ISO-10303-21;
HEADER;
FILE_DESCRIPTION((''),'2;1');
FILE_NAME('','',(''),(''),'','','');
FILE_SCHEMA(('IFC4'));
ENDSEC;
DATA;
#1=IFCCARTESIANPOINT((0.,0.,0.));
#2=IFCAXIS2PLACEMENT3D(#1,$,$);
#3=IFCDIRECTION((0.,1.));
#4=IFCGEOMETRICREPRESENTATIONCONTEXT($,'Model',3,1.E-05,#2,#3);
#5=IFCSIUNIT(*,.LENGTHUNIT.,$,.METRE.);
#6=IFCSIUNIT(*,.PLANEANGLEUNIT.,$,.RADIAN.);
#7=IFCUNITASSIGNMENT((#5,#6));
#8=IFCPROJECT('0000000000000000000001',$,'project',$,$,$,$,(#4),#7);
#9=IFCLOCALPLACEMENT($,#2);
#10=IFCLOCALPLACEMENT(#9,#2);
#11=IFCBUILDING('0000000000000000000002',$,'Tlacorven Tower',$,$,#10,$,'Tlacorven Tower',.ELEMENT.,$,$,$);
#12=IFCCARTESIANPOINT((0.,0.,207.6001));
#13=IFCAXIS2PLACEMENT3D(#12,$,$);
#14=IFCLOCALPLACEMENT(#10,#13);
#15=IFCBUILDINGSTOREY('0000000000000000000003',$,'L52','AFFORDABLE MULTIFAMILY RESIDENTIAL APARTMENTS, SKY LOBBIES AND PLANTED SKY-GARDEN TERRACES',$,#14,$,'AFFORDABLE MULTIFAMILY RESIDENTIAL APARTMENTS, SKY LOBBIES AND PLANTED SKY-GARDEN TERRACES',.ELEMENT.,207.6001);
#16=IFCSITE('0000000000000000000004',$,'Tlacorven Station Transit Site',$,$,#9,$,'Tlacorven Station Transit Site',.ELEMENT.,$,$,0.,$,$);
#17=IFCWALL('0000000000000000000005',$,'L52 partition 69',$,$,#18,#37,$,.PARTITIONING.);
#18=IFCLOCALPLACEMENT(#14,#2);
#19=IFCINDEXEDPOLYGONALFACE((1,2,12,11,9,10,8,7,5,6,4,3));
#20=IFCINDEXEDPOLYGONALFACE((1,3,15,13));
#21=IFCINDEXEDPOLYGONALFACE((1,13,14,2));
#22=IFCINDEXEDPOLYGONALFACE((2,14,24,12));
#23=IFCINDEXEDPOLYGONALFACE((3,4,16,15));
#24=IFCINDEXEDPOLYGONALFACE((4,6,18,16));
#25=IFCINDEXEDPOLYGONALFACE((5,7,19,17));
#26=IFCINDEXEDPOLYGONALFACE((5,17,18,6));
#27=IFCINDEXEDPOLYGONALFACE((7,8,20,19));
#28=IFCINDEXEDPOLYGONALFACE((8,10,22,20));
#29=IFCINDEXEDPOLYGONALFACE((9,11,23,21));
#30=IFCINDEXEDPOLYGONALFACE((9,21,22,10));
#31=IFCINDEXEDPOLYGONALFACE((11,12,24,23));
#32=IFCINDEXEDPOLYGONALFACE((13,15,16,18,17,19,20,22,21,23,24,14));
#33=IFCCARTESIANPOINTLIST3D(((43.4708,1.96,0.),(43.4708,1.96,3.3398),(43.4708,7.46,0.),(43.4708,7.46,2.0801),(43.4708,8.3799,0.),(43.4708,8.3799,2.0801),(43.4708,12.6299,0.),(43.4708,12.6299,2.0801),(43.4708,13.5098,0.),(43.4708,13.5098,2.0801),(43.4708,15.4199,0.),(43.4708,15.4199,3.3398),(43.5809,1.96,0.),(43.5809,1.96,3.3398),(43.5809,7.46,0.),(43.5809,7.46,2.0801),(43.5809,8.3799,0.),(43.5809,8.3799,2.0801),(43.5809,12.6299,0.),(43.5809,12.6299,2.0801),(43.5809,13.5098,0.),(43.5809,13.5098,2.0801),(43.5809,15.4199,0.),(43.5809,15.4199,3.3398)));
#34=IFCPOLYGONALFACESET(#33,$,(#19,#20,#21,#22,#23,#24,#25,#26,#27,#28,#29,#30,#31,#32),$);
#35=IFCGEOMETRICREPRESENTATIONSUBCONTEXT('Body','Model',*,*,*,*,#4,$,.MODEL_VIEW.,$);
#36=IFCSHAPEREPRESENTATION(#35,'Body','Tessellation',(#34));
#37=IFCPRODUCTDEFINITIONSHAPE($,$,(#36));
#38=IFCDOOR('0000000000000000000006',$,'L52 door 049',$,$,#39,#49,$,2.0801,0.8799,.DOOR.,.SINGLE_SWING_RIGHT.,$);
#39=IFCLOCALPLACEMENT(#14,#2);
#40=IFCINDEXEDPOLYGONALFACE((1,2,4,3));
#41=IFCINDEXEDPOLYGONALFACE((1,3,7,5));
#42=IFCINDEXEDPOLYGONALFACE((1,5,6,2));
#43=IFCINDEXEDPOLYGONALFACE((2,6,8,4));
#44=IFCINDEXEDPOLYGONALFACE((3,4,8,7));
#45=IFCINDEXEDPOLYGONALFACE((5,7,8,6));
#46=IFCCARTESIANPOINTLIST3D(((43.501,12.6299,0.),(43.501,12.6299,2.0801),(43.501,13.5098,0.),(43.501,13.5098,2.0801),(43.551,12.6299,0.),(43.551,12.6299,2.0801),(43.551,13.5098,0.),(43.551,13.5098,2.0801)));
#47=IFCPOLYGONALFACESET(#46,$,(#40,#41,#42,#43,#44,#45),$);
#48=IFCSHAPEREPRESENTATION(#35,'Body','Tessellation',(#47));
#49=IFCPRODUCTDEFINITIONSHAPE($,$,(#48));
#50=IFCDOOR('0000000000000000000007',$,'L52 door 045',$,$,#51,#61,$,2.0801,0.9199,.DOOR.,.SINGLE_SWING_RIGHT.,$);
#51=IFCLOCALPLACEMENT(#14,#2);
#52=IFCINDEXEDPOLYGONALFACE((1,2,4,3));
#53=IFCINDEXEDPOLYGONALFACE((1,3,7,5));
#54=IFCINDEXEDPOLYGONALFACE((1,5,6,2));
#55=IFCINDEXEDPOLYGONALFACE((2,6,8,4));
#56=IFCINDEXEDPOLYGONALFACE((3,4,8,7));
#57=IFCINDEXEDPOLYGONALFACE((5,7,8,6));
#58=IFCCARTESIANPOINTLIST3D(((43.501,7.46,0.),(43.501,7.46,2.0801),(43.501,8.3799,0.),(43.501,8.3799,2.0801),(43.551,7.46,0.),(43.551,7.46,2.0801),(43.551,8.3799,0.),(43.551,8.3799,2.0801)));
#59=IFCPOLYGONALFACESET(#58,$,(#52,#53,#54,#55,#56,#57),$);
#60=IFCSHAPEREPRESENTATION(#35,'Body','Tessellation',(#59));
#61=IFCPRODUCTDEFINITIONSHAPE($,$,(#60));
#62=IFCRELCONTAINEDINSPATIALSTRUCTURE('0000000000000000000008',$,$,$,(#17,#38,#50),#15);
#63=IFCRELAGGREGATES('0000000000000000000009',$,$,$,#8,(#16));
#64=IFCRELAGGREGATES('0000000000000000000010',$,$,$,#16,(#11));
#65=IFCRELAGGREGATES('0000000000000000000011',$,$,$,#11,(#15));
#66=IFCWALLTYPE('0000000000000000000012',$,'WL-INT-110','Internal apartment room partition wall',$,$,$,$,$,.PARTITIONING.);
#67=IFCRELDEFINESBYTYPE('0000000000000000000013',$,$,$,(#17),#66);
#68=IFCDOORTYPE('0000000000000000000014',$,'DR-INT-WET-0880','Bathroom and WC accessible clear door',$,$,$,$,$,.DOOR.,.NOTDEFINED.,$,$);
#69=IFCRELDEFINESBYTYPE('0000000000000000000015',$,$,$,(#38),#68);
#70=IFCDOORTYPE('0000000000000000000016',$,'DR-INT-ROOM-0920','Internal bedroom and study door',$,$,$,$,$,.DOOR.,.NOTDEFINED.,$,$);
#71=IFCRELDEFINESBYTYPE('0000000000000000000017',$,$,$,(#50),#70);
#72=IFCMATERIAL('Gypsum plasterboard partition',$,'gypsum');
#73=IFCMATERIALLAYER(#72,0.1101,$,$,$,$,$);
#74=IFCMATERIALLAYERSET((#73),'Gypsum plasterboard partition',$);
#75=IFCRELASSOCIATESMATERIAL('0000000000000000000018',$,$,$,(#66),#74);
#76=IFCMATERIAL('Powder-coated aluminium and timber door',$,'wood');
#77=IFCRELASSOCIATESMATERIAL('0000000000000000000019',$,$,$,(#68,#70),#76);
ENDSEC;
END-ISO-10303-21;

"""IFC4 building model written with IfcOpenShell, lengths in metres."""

from ifc_helpers import new_model, si_unit, direction, frame, frame_2d, origin, place, context, subcontext, project, spatial, rectangle, extrude, source, transform, mapped, material, layer, layer_set, type_object, element, fill, save


model = new_model("IFC4")

# Units and contexts
model_context = context("Model", 3, precision=1e-05, world=origin(), true_north=direction((0.0, 1.0)))
body_context = subcontext(model_context, "Body", "Model", "MODEL_VIEW")
ifc_project = project(units=[si_unit("LENGTHUNIT", "METRE"), si_unit("PLANEANGLEUNIT", "RADIAN")], contexts=[model_context])

# Site, building, storey
site_placement = place(None, origin())
site = spatial("IfcSite", under=ifc_project, at=site_placement, Name="Tlacorven Station Transit Site", LongName="Tlacorven Station Transit Site", CompositionType="ELEMENT", RefElevation=0.0)
building_placement = place(site_placement, origin())
building = spatial("IfcBuilding", under=site, at=building_placement, Name="Tlacorven Tower", LongName="Tlacorven Tower", CompositionType="ELEMENT")
storey_placement = place(building_placement, frame((0.0, 0.0, 207.6001)))
storey = spatial("IfcBuildingStorey", under=building, at=storey_placement, Name="L52", Description="AFFORDABLE MULTIFAMILY RESIDENTIAL APARTMENTS, SKY LOBBIES AND PLANTED SKY-GARDEN TERRACES", LongName="AFFORDABLE MULTIFAMILY RESIDENTIAL APARTMENTS, SKY LOBBIES AND PLANTED SKY-GARDEN TERRACES", CompositionType="ELEMENT", Elevation=207.6001)

# Wall, openings, doors
ifc_material_1 = material(Name="Gypsum plasterboard partition", Category="gypsum")
ifc_layer_1 = layer(ifc_material_1, 0.1101)
ifc_layer_set_1 = layer_set([ifc_layer_1], Name="Gypsum plasterboard partition")
wall_type = type_object("IfcWallType", Name="WL-INT-110", Description="Internal apartment room partition wall", PredefinedType="PARTITIONING", material=ifc_layer_set_1)
wall_placement = place(storey_placement, frame((43.5259, 1.96, 0.0), z_axis=(0.0, 0.0, 1.0), x_axis=(0.0, 1.0, 0.0)))
wall = element("IfcWall", 1, at=wall_placement, inside=storey, type_object=wall_type, Name="L52 partition 69", PredefinedType="PARTITIONING", context=body_context, shape_type="SweptSolid", body=[
    extrude(rectangle(XDim=13.46, YDim=0.1101, at=frame_2d((6.73, 0.0))), origin(), (0.0, 0.0, 1.0), 3.3398),
])
opening_1_placement = place(wall_placement, frame((5.5, 0.0, 0.0)))
opening_1 = element("IfcOpeningElement", 2, at=opening_1_placement, cuts=wall, PredefinedType="OPENING", context=body_context, shape_type="SweptSolid", body=[
    extrude(rectangle(XDim=0.9199, YDim=2.0801, at=frame_2d((0.46, 1.04))), frame((0.0, 0.0649, 0.0), z_axis=(0.0, -1.0, 0.0), x_axis=(1.0, 0.0, 0.0)), (0.0, 0.0, 1.0), 0.1301),
])
opening_2_placement = place(wall_placement, frame((10.6699, 0.0, 0.0)))
opening_2 = element("IfcOpeningElement", 3, at=opening_2_placement, cuts=wall, PredefinedType="OPENING", context=body_context, shape_type="SweptSolid", body=[
    extrude(rectangle(XDim=0.8799, YDim=2.0801, at=frame_2d((0.4399, 1.04))), frame((0.0, 0.0649, 0.0), z_axis=(0.0, -1.0, 0.0), x_axis=(1.0, 0.0, 0.0)), (0.0, 0.0, 1.0), 0.1301),
])
ifc_material_2 = material(Name="Powder-coated aluminium and timber door", Category="wood")
door_type_1 = type_object("IfcDoorType", Name="DR-INT-WET-0880", Description="Bathroom and WC accessible clear door", OperationType="NOTDEFINED", PredefinedType="DOOR", material=ifc_material_2)
shared_shape_1 = source(origin(), body_context, "Body", "SweptSolid", [
    extrude(rectangle(XDim=0.8799, YDim=2.0801, at=frame_2d((0.4399, 1.04))), frame((0.0, 0.0249, 0.0), z_axis=(0.0, -1.0, 0.0), x_axis=(1.0, 0.0, 0.0)), (0.0, 0.0, 1.0), 0.05),
])
door_1_placement = place(opening_2_placement, origin())
door_1 = element("IfcDoor", 4, at=door_1_placement, inside=storey, type_object=door_type_1, Name="L52 door 049", OperationType="SINGLE_SWING_RIGHT", OverallHeight=2.0801, OverallWidth=0.8799, PredefinedType="DOOR", context=body_context, shape_type="MappedRepresentation", body=[
    mapped(shared_shape_1, transform((0.0, 0.0, 0.0), scale=1.0)),
])
fill(opening_2, door_1)
door_type_2 = type_object("IfcDoorType", Name="DR-INT-ROOM-0920", Description="Internal bedroom and study door", OperationType="NOTDEFINED", PredefinedType="DOOR", material=ifc_material_2)
shared_shape_2 = source(origin(), body_context, "Body", "SweptSolid", [
    extrude(rectangle(XDim=0.9199, YDim=2.0801, at=frame_2d((0.46, 1.04))), frame((0.0, 0.0249, 0.0), z_axis=(0.0, -1.0, 0.0), x_axis=(1.0, 0.0, 0.0)), (0.0, 0.0, 1.0), 0.05),
])
door_2_placement = place(opening_1_placement, origin())
door_2 = element("IfcDoor", 5, at=door_2_placement, inside=storey, type_object=door_type_2, Name="L52 door 045", OperationType="SINGLE_SWING_RIGHT", OverallHeight=2.0801, OverallWidth=0.9199, PredefinedType="DOOR", context=body_context, shape_type="MappedRepresentation", body=[
    mapped(shared_shape_2, transform((0.0, 0.0, 0.0), scale=1.0)),
])
fill(opening_1, door_2)

save(model, "model.ifc")
